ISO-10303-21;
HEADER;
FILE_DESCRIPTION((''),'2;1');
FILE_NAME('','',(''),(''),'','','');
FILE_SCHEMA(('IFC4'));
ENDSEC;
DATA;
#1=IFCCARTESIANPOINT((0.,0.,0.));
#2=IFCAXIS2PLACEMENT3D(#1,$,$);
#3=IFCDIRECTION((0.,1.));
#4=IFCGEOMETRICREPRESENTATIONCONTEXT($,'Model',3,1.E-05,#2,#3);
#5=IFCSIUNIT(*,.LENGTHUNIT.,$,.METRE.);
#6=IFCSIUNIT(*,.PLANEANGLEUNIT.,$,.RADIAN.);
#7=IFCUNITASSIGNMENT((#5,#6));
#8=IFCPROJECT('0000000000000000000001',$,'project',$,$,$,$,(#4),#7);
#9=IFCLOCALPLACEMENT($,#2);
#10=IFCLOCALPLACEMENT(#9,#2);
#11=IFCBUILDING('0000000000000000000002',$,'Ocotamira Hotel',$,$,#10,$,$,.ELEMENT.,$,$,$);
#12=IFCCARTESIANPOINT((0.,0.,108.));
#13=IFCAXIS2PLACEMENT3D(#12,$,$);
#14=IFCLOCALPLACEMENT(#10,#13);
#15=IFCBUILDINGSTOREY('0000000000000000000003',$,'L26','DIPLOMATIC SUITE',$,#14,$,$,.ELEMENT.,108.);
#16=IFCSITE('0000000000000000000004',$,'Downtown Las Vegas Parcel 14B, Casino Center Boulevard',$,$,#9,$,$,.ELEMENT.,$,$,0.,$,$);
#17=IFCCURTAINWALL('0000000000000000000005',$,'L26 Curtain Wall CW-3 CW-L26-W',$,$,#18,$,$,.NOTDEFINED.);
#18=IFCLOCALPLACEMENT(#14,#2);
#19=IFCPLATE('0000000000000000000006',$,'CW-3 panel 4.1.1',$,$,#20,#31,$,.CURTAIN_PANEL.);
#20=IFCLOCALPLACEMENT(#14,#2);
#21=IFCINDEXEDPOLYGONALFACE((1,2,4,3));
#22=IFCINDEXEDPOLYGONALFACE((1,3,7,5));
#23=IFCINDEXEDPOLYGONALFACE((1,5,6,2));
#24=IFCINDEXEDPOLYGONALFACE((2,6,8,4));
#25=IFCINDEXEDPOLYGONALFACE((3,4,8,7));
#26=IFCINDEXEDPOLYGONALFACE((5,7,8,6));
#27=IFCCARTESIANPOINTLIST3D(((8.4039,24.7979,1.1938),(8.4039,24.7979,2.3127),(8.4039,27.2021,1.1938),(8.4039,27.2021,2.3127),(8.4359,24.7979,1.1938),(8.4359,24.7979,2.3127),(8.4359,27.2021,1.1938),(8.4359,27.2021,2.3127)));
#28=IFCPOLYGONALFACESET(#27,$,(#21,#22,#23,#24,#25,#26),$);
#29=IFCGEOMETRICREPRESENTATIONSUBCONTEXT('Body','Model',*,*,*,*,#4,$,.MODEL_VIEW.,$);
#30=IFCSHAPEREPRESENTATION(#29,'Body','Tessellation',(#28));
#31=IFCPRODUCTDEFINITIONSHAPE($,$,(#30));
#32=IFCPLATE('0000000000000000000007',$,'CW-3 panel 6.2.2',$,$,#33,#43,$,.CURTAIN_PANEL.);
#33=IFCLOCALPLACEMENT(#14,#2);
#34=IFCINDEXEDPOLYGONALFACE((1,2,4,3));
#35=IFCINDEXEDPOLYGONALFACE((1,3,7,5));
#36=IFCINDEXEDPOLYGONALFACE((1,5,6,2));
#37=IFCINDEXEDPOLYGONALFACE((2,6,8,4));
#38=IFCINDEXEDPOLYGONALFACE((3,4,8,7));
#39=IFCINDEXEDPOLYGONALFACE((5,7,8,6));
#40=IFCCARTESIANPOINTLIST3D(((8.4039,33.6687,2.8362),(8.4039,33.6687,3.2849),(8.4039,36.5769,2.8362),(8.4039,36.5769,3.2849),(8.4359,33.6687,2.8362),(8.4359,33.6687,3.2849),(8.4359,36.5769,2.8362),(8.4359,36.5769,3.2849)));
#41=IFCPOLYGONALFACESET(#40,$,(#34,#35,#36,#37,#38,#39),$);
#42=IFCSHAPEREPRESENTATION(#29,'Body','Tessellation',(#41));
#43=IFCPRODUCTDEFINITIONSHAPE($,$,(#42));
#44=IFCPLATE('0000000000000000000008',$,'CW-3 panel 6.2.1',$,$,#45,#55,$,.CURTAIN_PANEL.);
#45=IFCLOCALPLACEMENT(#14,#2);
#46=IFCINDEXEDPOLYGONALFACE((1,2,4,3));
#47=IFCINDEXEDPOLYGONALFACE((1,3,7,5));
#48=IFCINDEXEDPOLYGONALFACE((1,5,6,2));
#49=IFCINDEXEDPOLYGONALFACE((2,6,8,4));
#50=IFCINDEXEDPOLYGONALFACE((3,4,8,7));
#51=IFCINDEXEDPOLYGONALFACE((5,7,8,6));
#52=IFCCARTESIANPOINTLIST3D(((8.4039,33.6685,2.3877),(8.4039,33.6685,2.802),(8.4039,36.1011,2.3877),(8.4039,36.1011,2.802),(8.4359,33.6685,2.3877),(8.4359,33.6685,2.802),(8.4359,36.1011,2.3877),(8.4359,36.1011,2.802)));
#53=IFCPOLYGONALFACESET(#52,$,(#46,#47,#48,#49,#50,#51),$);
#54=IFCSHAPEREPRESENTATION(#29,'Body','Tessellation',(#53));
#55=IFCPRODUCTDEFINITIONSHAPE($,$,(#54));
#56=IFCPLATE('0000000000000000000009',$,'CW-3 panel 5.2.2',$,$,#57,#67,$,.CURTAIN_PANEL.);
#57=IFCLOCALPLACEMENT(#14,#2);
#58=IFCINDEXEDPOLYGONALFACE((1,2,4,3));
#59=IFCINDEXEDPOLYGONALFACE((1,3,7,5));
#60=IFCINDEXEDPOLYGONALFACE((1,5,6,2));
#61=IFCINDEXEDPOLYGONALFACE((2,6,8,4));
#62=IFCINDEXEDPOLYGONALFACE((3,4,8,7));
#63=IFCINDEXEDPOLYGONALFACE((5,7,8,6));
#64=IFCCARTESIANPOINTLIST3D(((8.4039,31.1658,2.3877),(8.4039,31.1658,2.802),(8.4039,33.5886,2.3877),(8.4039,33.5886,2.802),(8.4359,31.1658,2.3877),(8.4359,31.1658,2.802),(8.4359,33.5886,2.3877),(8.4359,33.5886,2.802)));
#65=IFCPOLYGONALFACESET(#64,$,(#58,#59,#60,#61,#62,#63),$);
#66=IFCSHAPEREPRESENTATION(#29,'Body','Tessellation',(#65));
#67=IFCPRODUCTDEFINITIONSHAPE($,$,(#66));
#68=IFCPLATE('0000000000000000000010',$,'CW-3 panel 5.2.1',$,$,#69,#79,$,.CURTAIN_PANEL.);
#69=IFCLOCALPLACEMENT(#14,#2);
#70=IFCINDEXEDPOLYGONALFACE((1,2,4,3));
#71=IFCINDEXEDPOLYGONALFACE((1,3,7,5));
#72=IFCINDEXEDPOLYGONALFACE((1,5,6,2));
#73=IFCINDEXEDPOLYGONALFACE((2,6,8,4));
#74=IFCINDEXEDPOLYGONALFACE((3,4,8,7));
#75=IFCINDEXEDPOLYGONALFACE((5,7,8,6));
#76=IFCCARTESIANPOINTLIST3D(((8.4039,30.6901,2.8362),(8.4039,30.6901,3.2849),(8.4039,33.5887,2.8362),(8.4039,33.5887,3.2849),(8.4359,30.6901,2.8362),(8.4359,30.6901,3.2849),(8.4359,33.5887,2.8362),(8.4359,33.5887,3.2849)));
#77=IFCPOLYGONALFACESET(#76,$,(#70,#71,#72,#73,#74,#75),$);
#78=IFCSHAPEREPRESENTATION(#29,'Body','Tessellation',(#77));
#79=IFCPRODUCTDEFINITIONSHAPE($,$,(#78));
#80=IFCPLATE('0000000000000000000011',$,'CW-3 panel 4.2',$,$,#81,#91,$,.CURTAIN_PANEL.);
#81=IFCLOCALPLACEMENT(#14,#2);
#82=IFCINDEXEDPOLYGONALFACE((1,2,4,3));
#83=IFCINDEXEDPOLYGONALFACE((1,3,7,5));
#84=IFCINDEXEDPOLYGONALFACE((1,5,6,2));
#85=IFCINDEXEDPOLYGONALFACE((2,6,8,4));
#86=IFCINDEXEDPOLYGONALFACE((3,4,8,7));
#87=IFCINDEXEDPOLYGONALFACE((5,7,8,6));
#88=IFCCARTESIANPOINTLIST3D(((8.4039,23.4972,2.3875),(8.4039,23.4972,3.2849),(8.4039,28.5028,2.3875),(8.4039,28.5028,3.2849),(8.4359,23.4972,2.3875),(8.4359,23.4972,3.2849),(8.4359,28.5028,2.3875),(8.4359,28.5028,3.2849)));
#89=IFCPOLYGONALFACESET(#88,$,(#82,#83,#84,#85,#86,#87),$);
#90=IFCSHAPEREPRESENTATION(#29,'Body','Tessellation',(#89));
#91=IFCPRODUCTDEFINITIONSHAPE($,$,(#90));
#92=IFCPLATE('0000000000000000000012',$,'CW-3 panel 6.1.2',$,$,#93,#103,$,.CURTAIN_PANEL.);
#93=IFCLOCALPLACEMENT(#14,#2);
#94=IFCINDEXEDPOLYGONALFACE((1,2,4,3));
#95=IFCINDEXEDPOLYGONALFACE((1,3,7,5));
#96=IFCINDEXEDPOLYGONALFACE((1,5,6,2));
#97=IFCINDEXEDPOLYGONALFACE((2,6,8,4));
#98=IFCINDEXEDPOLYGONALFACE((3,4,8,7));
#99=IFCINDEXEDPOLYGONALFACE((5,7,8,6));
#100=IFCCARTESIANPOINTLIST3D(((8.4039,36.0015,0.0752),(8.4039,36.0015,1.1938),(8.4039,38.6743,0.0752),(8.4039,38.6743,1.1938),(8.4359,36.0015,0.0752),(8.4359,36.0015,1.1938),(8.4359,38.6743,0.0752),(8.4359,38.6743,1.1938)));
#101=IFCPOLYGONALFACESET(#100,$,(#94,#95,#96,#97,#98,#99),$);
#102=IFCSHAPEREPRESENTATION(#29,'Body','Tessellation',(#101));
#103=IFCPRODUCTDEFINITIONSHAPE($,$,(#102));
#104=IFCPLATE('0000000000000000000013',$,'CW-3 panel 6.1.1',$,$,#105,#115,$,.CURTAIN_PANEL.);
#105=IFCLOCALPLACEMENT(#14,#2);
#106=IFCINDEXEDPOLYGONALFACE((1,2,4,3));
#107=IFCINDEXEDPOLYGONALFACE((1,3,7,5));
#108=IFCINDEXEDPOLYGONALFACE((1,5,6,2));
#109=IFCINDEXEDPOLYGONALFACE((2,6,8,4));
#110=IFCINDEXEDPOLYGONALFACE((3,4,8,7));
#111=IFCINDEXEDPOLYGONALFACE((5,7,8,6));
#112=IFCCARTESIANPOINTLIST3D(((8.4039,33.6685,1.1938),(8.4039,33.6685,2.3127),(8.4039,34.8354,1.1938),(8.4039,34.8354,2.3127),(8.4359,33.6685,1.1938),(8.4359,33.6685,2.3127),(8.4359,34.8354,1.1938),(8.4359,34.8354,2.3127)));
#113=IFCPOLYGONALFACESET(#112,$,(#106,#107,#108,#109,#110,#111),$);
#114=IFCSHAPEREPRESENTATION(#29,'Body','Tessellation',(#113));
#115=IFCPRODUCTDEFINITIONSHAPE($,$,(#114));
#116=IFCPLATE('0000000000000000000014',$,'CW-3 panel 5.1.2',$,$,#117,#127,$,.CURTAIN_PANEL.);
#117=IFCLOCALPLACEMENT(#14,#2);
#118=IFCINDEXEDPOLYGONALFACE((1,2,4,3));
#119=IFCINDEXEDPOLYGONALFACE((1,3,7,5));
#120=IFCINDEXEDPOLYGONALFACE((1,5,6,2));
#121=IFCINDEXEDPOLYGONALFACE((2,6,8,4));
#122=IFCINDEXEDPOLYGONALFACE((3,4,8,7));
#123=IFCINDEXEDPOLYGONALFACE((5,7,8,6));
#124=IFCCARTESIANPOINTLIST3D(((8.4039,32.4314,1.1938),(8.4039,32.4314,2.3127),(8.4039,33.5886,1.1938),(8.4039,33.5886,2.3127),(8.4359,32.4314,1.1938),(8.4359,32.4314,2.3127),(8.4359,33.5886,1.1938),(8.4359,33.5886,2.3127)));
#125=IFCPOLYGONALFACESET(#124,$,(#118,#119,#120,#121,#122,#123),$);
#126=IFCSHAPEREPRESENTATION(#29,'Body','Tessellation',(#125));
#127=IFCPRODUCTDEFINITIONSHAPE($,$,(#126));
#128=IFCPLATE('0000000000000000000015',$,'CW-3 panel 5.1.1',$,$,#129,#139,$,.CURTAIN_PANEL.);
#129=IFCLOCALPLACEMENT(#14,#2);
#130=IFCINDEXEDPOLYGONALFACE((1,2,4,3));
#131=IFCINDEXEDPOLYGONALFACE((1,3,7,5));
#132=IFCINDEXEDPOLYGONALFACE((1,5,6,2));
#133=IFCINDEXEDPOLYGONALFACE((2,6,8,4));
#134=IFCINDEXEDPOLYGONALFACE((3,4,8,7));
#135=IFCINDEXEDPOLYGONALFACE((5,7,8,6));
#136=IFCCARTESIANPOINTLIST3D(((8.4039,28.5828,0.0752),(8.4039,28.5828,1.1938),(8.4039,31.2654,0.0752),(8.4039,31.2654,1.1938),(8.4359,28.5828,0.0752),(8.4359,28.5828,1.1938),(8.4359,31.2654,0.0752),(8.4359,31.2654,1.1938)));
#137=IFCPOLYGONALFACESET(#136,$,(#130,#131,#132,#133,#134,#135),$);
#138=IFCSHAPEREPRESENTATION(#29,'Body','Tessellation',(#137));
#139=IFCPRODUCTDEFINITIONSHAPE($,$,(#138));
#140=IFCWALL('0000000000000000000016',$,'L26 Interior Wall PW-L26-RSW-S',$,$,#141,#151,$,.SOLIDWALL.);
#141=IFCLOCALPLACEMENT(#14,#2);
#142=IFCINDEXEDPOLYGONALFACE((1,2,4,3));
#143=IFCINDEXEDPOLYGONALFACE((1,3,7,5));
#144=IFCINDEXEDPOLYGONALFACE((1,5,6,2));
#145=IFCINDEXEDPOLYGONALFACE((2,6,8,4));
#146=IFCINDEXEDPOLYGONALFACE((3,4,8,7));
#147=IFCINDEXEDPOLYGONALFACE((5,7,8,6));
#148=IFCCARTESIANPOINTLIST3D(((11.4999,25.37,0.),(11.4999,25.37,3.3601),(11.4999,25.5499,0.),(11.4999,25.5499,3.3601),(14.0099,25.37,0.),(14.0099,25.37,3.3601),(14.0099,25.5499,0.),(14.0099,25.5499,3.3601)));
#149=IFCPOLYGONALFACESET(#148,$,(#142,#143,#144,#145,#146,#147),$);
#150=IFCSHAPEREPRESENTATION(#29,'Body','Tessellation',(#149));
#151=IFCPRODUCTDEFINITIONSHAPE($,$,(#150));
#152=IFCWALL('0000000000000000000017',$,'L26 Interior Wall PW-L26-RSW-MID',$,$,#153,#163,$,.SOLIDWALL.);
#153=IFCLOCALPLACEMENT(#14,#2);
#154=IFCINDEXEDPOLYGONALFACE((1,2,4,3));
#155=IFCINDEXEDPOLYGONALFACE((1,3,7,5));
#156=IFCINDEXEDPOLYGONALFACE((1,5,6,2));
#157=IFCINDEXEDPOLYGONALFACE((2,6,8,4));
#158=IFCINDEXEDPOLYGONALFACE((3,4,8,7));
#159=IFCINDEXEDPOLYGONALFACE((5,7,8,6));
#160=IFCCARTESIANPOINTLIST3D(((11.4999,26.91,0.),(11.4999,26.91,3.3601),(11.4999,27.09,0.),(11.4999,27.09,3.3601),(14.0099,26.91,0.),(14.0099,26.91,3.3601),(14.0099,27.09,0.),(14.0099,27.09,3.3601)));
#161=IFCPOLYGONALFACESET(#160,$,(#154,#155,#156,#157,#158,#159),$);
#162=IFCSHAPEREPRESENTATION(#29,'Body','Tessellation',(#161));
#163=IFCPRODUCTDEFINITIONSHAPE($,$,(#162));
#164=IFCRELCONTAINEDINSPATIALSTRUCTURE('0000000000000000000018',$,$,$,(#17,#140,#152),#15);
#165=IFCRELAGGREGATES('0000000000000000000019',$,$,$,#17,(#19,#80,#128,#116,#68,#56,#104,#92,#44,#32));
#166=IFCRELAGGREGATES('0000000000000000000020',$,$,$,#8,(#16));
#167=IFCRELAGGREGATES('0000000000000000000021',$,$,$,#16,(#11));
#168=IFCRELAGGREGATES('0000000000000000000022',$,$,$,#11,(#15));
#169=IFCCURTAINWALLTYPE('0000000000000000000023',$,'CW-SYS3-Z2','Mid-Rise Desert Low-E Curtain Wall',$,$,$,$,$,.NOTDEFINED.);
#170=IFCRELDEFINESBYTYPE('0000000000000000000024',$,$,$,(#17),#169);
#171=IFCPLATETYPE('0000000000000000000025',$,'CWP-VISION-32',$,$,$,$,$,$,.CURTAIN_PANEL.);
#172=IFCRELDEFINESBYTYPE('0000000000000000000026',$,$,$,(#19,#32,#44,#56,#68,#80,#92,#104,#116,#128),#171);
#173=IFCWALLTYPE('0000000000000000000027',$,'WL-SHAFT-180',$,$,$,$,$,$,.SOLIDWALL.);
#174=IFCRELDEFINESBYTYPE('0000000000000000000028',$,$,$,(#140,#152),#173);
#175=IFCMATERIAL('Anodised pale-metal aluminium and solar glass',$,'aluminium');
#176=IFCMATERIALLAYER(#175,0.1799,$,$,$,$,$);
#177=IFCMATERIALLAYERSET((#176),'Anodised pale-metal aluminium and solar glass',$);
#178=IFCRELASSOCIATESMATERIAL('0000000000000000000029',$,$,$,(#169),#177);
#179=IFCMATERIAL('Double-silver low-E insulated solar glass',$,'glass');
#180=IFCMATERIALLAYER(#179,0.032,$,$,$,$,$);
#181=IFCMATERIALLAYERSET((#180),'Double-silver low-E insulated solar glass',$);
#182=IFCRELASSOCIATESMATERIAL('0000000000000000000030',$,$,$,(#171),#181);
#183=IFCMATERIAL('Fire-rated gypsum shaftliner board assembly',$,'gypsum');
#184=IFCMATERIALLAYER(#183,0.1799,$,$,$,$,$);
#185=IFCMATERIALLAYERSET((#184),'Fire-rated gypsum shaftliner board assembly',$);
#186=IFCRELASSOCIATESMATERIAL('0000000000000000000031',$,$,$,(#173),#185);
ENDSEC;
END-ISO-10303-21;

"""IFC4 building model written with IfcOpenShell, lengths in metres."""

from ifc_helpers import new_model, si_unit, direction, frame, frame_2d, origin, origin_2d, place, context, subcontext, project, spatial, rectangle, extrude, source, transform, mapped, material, layer, layer_set, type_object, element, aggregate, save


model = new_model("IFC4")

# Units and contexts
model_context = context("Model", 3, precision=1e-05, world=origin(), true_north=direction((0.0, 1.0)))
body_context = subcontext(model_context, "Body", "Model", "MODEL_VIEW")
ifc_project = project(units=[si_unit("LENGTHUNIT", "METRE"), si_unit("PLANEANGLEUNIT", "RADIAN")], contexts=[model_context])

# Site, building, storey
site_placement = place(None, origin())
site = spatial("IfcSite", under=ifc_project, at=site_placement, Name="Downtown Las Vegas Parcel 14B, Casino Center Boulevard", CompositionType="ELEMENT", RefElevation=0.0)
building_placement = place(site_placement, origin())
building = spatial("IfcBuilding", under=site, at=building_placement, Name="Ocotamira Hotel", CompositionType="ELEMENT")
storey_placement = place(building_placement, frame((0.0, 0.0, 108.0)))
storey = spatial("IfcBuildingStorey", under=building, at=storey_placement, Name="L26", Description="DIPLOMATIC SUITE", CompositionType="ELEMENT", Elevation=108.0)

# Curtain wall
ifc_material_1 = material(Name="Anodised pale-metal aluminium and solar glass", Category="aluminium")
ifc_layer_1 = layer(ifc_material_1, 0.1799)
ifc_layer_set_1 = layer_set([ifc_layer_1], Name="Anodised pale-metal aluminium and solar glass")
curtain_wall_type = type_object("IfcCurtainWallType", Name="CW-SYS3-Z2", Description="Mid-Rise Desert Low-E Curtain Wall", PredefinedType="NOTDEFINED", material=ifc_layer_set_1)
curtain_wall_placement = place(storey_placement, origin())
curtain_wall = element("IfcCurtainWall", 1, at=curtain_wall_placement, inside=storey, type_object=curtain_wall_type, Name="L26 Curtain Wall CW-3 CW-L26-W", PredefinedType="NOTDEFINED")

# Plates
ifc_material_2 = material(Name="Double-silver low-E insulated solar glass", Category="glass")
ifc_layer_2 = layer(ifc_material_2, 0.032)
ifc_layer_set_2 = layer_set([ifc_layer_2], Name="Double-silver low-E insulated solar glass")
plate_type_1 = type_object("IfcPlateType", Name="CWP-VISION-32", PredefinedType="CURTAIN_PANEL", material=ifc_layer_set_2)
shared_shape_1 = source(origin(), body_context, "Body", "SweptSolid", [
    extrude(rectangle(XDim=2.4043, YDim=0.032, at=origin_2d()), origin(), (0.0, 0.0, 1.0), 1.1189),
])
plate_1_placement = place(storey_placement, frame((8.4199, 26.0, 1.1938), z_axis=(0.0, 0.0, 1.0), x_axis=(0.0, 1.0, 0.0)))
plate_1 = element("IfcPlate", 2, at=plate_1_placement, type_object=plate_type_1, Name="CW-3 panel 4.1.1", PredefinedType="CURTAIN_PANEL", context=body_context, shape_type="MappedRepresentation", body=[
    mapped(shared_shape_1, transform((0.0, 0.0, 0.0), scale=1.0)),
])
shared_shape_2 = source(origin(), body_context, "Body", "SweptSolid", [
    extrude(rectangle(XDim=2.9082, YDim=0.032, at=origin_2d()), origin(), (0.0, 0.0, 1.0), 0.4487),
])
plate_2_placement = place(storey_placement, frame((8.4199, 35.1228, 2.8362), z_axis=(0.0, 0.0, 1.0), x_axis=(0.0, 1.0, 0.0)))
plate_2 = element("IfcPlate", 3, at=plate_2_placement, type_object=plate_type_1, Name="CW-3 panel 6.2.2", PredefinedType="CURTAIN_PANEL", context=body_context, shape_type="MappedRepresentation", body=[
    mapped(shared_shape_2, transform((0.0, 0.0, 0.0), scale=1.0)),
])
shared_shape_3 = source(origin(), body_context, "Body", "SweptSolid", [
    extrude(rectangle(XDim=2.4326, YDim=0.032, at=origin_2d()), origin(), (0.0, 0.0, 1.0), 0.4143),
])
plate_3_placement = place(storey_placement, frame((8.4199, 34.8848, 2.3877), z_axis=(0.0, 0.0, 1.0), x_axis=(0.0, 1.0, 0.0)))
plate_3 = element("IfcPlate", 4, at=plate_3_placement, type_object=plate_type_1, Name="CW-3 panel 6.2.1", PredefinedType="CURTAIN_PANEL", context=body_context, shape_type="MappedRepresentation", body=[
    mapped(shared_shape_3, transform((0.0, 0.0, 0.0), scale=1.0)),
])
shared_shape_4 = source(origin(), body_context, "Body", "SweptSolid", [
    extrude(rectangle(XDim=2.4229, YDim=0.032, at=origin_2d()), origin(), (0.0, 0.0, 1.0), 0.4143),
])
plate_4_placement = place(storey_placement, frame((8.4199, 32.3772, 2.3877), z_axis=(0.0, 0.0, 1.0), x_axis=(0.0, 1.0, 0.0)))
plate_4 = element("IfcPlate", 5, at=plate_4_placement, type_object=plate_type_1, Name="CW-3 panel 5.2.2", PredefinedType="CURTAIN_PANEL", context=body_context, shape_type="MappedRepresentation", body=[
    mapped(shared_shape_4, transform((0.0, 0.0, 0.0), scale=1.0)),
])
shared_shape_5 = source(origin(), body_context, "Body", "SweptSolid", [
    extrude(rectangle(XDim=2.8987, YDim=0.032, at=origin_2d()), origin(), (0.0, 0.0, 1.0), 0.4487),
])
plate_5_placement = place(storey_placement, frame((8.4199, 32.1394, 2.8362), z_axis=(0.0, 0.0, 1.0), x_axis=(0.0, 1.0, 0.0)))
plate_5 = element("IfcPlate", 6, at=plate_5_placement, type_object=plate_type_1, Name="CW-3 panel 5.2.1", PredefinedType="CURTAIN_PANEL", context=body_context, shape_type="MappedRepresentation", body=[
    mapped(shared_shape_5, transform((0.0, 0.0, 0.0), scale=1.0)),
])
shared_shape_6 = source(origin(), body_context, "Body", "SweptSolid", [
    extrude(rectangle(XDim=5.0056, YDim=0.032, at=origin_2d()), origin(), (0.0, 0.0, 1.0), 0.8975),
])
plate_6_placement = place(storey_placement, frame((8.4199, 26.0, 2.3875), z_axis=(0.0, 0.0, 1.0), x_axis=(0.0, 1.0, 0.0)))
plate_6 = element("IfcPlate", 7, at=plate_6_placement, type_object=plate_type_1, Name="CW-3 panel 4.2", PredefinedType="CURTAIN_PANEL", context=body_context, shape_type="MappedRepresentation", body=[
    mapped(shared_shape_6, transform((0.0, 0.0, 0.0), scale=1.0)),
])
shared_shape_7 = source(origin(), body_context, "Body", "SweptSolid", [
    extrude(rectangle(XDim=2.6729, YDim=0.032, at=origin_2d()), origin(), (0.0, 0.0, 1.0), 1.1187),
])
plate_7_placement = place(storey_placement, frame((8.4199, 37.3379, 0.0752), z_axis=(0.0, 0.0, 1.0), x_axis=(0.0, 1.0, 0.0)))
plate_7 = element("IfcPlate", 8, at=plate_7_placement, type_object=plate_type_1, Name="CW-3 panel 6.1.2", PredefinedType="CURTAIN_PANEL", context=body_context, shape_type="MappedRepresentation", body=[
    mapped(shared_shape_7, transform((0.0, 0.0, 0.0), scale=1.0)),
])
shared_shape_8 = source(origin(), body_context, "Body", "SweptSolid", [
    extrude(rectangle(XDim=1.167, YDim=0.032, at=origin_2d()), origin(), (0.0, 0.0, 1.0), 1.1189),
])
plate_8_placement = place(storey_placement, frame((8.4199, 34.252, 1.1938), z_axis=(0.0, 0.0, 1.0), x_axis=(0.0, 1.0, 0.0)))
plate_8 = element("IfcPlate", 9, at=plate_8_placement, type_object=plate_type_1, Name="CW-3 panel 6.1.1", PredefinedType="CURTAIN_PANEL", context=body_context, shape_type="MappedRepresentation", body=[
    mapped(shared_shape_8, transform((0.0, 0.0, 0.0), scale=1.0)),
])
shared_shape_9 = source(origin(), body_context, "Body", "SweptSolid", [
    extrude(rectangle(XDim=1.1572, YDim=0.032, at=origin_2d()), origin(), (0.0, 0.0, 1.0), 1.1189),
])
plate_9_placement = place(storey_placement, frame((8.4199, 33.01, 1.1938), z_axis=(0.0, 0.0, 1.0), x_axis=(0.0, 1.0, 0.0)))
plate_9 = element("IfcPlate", 10, at=plate_9_placement, type_object=plate_type_1, Name="CW-3 panel 5.1.2", PredefinedType="CURTAIN_PANEL", context=body_context, shape_type="MappedRepresentation", body=[
    mapped(shared_shape_9, transform((0.0, 0.0, 0.0), scale=1.0)),
])
shared_shape_10 = source(origin(), body_context, "Body", "SweptSolid", [
    extrude(rectangle(XDim=2.6826, YDim=0.032, at=origin_2d()), origin(), (0.0, 0.0, 1.0), 1.1187),
])
plate_10_placement = place(storey_placement, frame((8.4199, 29.9241, 0.0752), z_axis=(0.0, 0.0, 1.0), x_axis=(0.0, 1.0, 0.0)))
plate_10 = element("IfcPlate", 11, at=plate_10_placement, type_object=plate_type_1, Name="CW-3 panel 5.1.1", PredefinedType="CURTAIN_PANEL", context=body_context, shape_type="MappedRepresentation", body=[
    mapped(shared_shape_10, transform((0.0, 0.0, 0.0), scale=1.0)),
])
aggregate(curtain_wall, [plate_1, plate_6, plate_10, plate_9, plate_5, plate_4, plate_8, plate_7, plate_3, plate_2])

# Walls
ifc_material_3 = material(Name="Fire-rated gypsum shaftliner board assembly", Category="gypsum")
ifc_layer_3 = layer(ifc_material_3, 0.1799)
ifc_layer_set_3 = layer_set([ifc_layer_3], Name="Fire-rated gypsum shaftliner board assembly")
wall_type_1 = type_object("IfcWallType", Name="WL-SHAFT-180", PredefinedType="SOLIDWALL", material=ifc_layer_set_3)
for number, where, z_axis, x_axis, name in (
    (12, (11.5, 25.46, 0.0), (0.0, 0.0, 1.0), (1.0, 0.0, 0.0), "L26 Interior Wall PW-L26-RSW-S"),
    (13, (11.5, 27.0, 0.0), (0.0, 0.0, 1.0), (1.0, 0.0, 0.0), "L26 Interior Wall PW-L26-RSW-MID"),
):
    element("IfcWall", number, at=place(storey_placement, frame(where, z_axis=z_axis, x_axis=x_axis)), inside=storey, type_object=wall_type_1, Name=name, PredefinedType="SOLIDWALL", context=body_context, shape_type="SweptSolid", body=[
        extrude(rectangle(XDim=2.51, YDim=0.1799, at=frame_2d((1.2549, 0.0))), origin(), (0.0, 0.0, 1.0), 3.3601),
    ])

save(model, "model.ifc")
